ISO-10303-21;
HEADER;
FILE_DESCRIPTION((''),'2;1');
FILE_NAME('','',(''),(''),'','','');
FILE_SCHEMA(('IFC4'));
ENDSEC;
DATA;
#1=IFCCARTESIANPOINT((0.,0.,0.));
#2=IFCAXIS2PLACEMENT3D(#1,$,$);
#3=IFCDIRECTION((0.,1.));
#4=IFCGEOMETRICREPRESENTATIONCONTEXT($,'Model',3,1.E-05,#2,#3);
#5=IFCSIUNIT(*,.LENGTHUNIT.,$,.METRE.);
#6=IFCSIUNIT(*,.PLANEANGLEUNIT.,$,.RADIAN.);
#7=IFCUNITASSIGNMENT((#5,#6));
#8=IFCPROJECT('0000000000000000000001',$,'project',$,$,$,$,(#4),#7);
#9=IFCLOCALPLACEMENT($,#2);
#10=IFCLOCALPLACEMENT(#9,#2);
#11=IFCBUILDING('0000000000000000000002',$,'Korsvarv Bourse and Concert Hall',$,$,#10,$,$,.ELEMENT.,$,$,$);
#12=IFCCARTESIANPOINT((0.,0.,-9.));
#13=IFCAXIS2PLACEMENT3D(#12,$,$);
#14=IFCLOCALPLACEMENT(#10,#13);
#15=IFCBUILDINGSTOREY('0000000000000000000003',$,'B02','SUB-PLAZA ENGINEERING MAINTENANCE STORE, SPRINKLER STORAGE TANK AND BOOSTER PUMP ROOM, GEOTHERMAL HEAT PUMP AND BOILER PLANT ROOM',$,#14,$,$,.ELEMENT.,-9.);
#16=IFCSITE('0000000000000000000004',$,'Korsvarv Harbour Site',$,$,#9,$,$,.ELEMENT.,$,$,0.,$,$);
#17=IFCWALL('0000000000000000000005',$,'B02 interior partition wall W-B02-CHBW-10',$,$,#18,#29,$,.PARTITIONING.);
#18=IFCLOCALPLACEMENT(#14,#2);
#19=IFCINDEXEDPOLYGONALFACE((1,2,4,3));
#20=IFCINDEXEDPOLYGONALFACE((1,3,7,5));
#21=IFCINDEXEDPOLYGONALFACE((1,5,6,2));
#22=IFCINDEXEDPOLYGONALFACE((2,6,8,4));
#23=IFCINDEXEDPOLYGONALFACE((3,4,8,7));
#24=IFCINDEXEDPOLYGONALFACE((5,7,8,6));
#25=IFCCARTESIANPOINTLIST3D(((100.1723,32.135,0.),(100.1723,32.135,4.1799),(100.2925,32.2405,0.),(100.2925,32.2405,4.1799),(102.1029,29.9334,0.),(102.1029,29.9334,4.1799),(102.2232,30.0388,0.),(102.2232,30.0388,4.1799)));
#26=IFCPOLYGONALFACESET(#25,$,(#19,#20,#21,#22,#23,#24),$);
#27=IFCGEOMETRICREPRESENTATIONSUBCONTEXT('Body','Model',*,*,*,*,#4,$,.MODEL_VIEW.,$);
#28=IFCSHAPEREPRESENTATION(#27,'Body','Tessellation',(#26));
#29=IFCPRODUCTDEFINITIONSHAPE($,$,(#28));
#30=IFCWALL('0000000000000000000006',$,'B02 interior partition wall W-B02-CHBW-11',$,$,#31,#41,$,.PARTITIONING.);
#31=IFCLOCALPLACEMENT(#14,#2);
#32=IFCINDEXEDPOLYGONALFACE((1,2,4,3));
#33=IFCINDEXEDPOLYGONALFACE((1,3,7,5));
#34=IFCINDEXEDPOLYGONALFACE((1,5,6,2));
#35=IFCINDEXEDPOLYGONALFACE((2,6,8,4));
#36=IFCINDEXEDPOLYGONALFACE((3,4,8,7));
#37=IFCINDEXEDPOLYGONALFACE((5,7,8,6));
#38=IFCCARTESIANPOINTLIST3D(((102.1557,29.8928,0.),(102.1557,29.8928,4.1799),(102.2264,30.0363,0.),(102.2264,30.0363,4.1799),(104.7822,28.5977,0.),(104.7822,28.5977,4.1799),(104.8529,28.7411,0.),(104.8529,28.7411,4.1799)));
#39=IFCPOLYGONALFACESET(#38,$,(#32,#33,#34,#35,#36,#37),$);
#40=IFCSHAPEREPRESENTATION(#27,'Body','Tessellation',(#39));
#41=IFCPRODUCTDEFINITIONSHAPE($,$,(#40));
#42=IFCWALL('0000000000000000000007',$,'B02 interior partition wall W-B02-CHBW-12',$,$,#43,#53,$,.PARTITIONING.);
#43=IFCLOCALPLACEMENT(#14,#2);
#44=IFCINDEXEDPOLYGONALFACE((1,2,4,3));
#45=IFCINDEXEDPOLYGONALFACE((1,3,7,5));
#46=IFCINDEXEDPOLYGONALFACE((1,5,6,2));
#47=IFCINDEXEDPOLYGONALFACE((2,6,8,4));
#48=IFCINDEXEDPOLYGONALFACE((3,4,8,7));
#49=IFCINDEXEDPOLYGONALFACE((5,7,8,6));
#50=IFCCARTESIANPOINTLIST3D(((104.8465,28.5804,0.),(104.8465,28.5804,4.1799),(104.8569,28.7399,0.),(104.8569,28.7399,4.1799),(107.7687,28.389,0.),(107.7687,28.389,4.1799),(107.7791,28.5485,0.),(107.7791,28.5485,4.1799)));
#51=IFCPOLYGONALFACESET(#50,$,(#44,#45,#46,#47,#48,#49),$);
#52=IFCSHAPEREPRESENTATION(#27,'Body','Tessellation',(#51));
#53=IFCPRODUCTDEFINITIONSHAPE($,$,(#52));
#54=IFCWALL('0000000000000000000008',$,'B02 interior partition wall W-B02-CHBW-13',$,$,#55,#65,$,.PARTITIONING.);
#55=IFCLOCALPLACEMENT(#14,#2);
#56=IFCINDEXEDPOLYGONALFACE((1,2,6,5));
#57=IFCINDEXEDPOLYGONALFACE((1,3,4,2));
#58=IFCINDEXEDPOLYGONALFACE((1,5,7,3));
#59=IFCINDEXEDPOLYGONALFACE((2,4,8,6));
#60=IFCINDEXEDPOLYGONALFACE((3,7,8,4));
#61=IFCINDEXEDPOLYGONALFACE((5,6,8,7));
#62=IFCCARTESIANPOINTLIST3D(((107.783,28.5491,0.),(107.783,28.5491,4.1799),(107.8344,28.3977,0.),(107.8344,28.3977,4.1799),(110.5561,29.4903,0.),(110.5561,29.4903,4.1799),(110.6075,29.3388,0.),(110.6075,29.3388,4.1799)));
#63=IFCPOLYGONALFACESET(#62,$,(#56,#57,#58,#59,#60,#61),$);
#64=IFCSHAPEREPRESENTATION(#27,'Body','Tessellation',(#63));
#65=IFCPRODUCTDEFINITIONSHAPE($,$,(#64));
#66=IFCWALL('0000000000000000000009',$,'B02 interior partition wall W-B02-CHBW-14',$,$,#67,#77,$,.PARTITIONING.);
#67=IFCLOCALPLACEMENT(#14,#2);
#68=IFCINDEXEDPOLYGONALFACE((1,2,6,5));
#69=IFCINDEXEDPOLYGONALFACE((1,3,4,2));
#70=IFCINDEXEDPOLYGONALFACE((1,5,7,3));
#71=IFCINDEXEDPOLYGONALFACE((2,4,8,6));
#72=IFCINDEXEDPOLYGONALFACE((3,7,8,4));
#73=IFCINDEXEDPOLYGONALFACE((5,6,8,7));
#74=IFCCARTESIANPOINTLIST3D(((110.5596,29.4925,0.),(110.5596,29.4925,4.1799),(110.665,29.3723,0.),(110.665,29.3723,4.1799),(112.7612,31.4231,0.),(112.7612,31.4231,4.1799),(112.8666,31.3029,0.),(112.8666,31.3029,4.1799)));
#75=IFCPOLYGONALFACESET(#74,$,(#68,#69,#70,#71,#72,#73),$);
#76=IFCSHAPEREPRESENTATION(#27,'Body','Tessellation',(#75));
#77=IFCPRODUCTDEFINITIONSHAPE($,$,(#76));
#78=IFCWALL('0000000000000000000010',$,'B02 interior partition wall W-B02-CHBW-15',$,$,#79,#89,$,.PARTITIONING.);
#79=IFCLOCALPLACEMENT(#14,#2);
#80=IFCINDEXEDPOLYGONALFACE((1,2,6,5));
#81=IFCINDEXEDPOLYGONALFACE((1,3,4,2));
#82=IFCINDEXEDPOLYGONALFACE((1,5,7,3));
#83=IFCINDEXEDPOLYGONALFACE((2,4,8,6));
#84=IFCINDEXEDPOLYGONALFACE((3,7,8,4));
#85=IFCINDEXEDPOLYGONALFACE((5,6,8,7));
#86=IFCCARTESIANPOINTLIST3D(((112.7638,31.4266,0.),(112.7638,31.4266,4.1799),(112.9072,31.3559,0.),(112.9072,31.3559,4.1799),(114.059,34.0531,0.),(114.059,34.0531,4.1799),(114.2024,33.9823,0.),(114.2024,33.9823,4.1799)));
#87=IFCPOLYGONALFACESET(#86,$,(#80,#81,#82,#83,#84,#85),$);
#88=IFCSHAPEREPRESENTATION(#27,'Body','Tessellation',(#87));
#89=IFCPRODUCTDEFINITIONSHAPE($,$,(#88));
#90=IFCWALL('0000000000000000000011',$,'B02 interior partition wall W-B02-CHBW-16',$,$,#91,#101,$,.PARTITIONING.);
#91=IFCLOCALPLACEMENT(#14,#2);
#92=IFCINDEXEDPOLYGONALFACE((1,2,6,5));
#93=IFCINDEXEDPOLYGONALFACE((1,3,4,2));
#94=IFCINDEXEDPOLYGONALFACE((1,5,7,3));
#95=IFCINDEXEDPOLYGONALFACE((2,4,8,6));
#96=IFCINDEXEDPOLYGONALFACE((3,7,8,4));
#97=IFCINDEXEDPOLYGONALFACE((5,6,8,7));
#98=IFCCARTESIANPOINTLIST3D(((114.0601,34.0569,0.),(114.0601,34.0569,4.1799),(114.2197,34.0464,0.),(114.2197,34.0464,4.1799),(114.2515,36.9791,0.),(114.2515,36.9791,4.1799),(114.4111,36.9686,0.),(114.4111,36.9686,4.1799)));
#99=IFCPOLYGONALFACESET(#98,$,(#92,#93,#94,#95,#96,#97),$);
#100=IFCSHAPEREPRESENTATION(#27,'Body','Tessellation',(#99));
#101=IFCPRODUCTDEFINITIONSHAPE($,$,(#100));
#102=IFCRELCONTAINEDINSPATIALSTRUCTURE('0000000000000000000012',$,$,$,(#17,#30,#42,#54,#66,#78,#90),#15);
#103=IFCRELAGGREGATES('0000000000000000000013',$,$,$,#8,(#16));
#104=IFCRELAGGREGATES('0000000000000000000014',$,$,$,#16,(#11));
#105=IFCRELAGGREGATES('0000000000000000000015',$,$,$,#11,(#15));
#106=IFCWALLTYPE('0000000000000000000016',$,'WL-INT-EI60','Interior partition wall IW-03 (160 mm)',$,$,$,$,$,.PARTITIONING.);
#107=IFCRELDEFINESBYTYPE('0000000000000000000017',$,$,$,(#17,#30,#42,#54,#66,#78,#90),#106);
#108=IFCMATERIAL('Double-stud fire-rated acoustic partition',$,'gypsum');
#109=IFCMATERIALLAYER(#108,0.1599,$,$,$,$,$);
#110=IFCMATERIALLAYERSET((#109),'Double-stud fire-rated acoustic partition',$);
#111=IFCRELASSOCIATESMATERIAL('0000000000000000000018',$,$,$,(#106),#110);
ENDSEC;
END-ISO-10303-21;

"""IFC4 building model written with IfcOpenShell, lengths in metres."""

from ifc_helpers import new_model, si_unit, direction, frame, frame_2d, origin, place, context, subcontext, project, spatial, rectangle, extrude, material, layer, layer_set, type_object, element, save


model = new_model("IFC4")

# Units and contexts
model_context = context("Model", 3, precision=1e-05, world=origin(), true_north=direction((0.0, 1.0)))
body_context = subcontext(model_context, "Body", "Model", "MODEL_VIEW")
ifc_project = project(units=[si_unit("LENGTHUNIT", "METRE"), si_unit("PLANEANGLEUNIT", "RADIAN")], contexts=[model_context])

# Site, building, storey
site_placement = place(None, origin())
site = spatial("IfcSite", under=ifc_project, at=site_placement, Name="Korsvarv Harbour Site", CompositionType="ELEMENT", RefElevation=0.0)
building_placement = place(site_placement, origin())
building = spatial("IfcBuilding", under=site, at=building_placement, Name="Korsvarv Bourse and Concert Hall", CompositionType="ELEMENT")
storey_placement = place(building_placement, frame((0.0, 0.0, -9.0)))
storey = spatial("IfcBuildingStorey", under=building, at=storey_placement, Name="B02", Description="SUB-PLAZA ENGINEERING MAINTENANCE STORE, SPRINKLER STORAGE TANK AND BOOSTER PUMP ROOM, GEOTHERMAL HEAT PUMP AND BOILER PLANT ROOM", CompositionType="ELEMENT", Elevation=-9.0)

# Walls
ifc_material_1 = material(Name="Double-stud fire-rated acoustic partition", Category="gypsum")
ifc_layer = layer(ifc_material_1, 0.1599)
ifc_layer_set = layer_set([ifc_layer], Name="Double-stud fire-rated acoustic partition")
wall_type = type_object("IfcWallType", Name="WL-INT-EI60", Description="Interior partition wall IW-03 (160 mm)", PredefinedType="PARTITIONING", material=ifc_layer_set)
wall_1_placement = place(storey_placement, frame((100.2324, 32.1877, 0.0), z_axis=(0.0, 0.0, 1.0), x_axis=(0.659319, -0.751864, 0.0)))
element("IfcWall", 1, at=wall_1_placement, inside=storey, type_object=wall_type, Name="B02 interior partition wall W-B02-CHBW-10", PredefinedType="PARTITIONING", context=body_context, shape_type="SweptSolid", body=[
    extrude(rectangle(XDim=2.9282, YDim=0.1599, at=frame_2d((1.4641, 0.0))), origin(), (0.0, 0.0, 1.0), 4.1799),
])
for number, where, z_axis, x_axis, name in (
    (2, (102.1909, 29.9646, 0.0), (0.0, 0.0, 1.0), (0.896881, -0.442271, 0.0), "B02 interior partition wall W-B02-CHBW-11"),
    (3, (104.8516, 28.6602, 0.0), (0.0, 0.0, 1.0), (0.997862, -0.065362, 0.0), "B02 interior partition wall W-B02-CHBW-12"),
    (4, (107.8086, 28.4734, 0.0), (0.0, 0.0, 1.0), (0.946952, 0.321375, 0.0), "B02 interior partition wall W-B02-CHBW-13"),
):
    element("IfcWall", number, at=place(storey_placement, frame(where, z_axis=z_axis, x_axis=x_axis)), inside=storey, type_object=wall_type, Name=name, PredefinedType="PARTITIONING", context=body_context, shape_type="SweptSolid", body=[
        extrude(rectangle(XDim=2.9285, YDim=0.1599, at=frame_2d((1.4644, 0.0))), origin(), (0.0, 0.0, 1.0), 4.1799),
    ])
wall_2_placement = place(storey_placement, frame((110.6123, 29.4324, 0.0), z_axis=(0.0, 0.0, 1.0), x_axis=(0.751864, 0.659319, 0.0)))
element("IfcWall", 5, at=wall_2_placement, inside=storey, type_object=wall_type, Name="B02 interior partition wall W-B02-CHBW-14", PredefinedType="PARTITIONING", context=body_context, shape_type="SweptSolid", body=[
    extrude(rectangle(XDim=2.9282, YDim=0.1599, at=frame_2d((1.4641, 0.0))), origin(), (0.0, 0.0, 1.0), 4.1799),
])
for number, where, z_axis, x_axis, name in (
    (6, (112.8354, 31.3911, 0.0), (0.0, 0.0, 1.0), (0.442271, 0.896881, 0.0), "B02 interior partition wall W-B02-CHBW-15"),
    (7, (114.1399, 34.0515, 0.0), (0.0, 0.0, 1.0), (0.065362, 0.997862, 0.0), "B02 interior partition wall W-B02-CHBW-16"),
):
    element("IfcWall", number, at=place(storey_placement, frame(where, z_axis=z_axis, x_axis=x_axis)), inside=storey, type_object=wall_type, Name=name, PredefinedType="PARTITIONING", context=body_context, shape_type="SweptSolid", body=[
        extrude(rectangle(XDim=2.9285, YDim=0.1599, at=frame_2d((1.4644, 0.0))), origin(), (0.0, 0.0, 1.0), 4.1799),
    ])

save(model, "model.ifc")
